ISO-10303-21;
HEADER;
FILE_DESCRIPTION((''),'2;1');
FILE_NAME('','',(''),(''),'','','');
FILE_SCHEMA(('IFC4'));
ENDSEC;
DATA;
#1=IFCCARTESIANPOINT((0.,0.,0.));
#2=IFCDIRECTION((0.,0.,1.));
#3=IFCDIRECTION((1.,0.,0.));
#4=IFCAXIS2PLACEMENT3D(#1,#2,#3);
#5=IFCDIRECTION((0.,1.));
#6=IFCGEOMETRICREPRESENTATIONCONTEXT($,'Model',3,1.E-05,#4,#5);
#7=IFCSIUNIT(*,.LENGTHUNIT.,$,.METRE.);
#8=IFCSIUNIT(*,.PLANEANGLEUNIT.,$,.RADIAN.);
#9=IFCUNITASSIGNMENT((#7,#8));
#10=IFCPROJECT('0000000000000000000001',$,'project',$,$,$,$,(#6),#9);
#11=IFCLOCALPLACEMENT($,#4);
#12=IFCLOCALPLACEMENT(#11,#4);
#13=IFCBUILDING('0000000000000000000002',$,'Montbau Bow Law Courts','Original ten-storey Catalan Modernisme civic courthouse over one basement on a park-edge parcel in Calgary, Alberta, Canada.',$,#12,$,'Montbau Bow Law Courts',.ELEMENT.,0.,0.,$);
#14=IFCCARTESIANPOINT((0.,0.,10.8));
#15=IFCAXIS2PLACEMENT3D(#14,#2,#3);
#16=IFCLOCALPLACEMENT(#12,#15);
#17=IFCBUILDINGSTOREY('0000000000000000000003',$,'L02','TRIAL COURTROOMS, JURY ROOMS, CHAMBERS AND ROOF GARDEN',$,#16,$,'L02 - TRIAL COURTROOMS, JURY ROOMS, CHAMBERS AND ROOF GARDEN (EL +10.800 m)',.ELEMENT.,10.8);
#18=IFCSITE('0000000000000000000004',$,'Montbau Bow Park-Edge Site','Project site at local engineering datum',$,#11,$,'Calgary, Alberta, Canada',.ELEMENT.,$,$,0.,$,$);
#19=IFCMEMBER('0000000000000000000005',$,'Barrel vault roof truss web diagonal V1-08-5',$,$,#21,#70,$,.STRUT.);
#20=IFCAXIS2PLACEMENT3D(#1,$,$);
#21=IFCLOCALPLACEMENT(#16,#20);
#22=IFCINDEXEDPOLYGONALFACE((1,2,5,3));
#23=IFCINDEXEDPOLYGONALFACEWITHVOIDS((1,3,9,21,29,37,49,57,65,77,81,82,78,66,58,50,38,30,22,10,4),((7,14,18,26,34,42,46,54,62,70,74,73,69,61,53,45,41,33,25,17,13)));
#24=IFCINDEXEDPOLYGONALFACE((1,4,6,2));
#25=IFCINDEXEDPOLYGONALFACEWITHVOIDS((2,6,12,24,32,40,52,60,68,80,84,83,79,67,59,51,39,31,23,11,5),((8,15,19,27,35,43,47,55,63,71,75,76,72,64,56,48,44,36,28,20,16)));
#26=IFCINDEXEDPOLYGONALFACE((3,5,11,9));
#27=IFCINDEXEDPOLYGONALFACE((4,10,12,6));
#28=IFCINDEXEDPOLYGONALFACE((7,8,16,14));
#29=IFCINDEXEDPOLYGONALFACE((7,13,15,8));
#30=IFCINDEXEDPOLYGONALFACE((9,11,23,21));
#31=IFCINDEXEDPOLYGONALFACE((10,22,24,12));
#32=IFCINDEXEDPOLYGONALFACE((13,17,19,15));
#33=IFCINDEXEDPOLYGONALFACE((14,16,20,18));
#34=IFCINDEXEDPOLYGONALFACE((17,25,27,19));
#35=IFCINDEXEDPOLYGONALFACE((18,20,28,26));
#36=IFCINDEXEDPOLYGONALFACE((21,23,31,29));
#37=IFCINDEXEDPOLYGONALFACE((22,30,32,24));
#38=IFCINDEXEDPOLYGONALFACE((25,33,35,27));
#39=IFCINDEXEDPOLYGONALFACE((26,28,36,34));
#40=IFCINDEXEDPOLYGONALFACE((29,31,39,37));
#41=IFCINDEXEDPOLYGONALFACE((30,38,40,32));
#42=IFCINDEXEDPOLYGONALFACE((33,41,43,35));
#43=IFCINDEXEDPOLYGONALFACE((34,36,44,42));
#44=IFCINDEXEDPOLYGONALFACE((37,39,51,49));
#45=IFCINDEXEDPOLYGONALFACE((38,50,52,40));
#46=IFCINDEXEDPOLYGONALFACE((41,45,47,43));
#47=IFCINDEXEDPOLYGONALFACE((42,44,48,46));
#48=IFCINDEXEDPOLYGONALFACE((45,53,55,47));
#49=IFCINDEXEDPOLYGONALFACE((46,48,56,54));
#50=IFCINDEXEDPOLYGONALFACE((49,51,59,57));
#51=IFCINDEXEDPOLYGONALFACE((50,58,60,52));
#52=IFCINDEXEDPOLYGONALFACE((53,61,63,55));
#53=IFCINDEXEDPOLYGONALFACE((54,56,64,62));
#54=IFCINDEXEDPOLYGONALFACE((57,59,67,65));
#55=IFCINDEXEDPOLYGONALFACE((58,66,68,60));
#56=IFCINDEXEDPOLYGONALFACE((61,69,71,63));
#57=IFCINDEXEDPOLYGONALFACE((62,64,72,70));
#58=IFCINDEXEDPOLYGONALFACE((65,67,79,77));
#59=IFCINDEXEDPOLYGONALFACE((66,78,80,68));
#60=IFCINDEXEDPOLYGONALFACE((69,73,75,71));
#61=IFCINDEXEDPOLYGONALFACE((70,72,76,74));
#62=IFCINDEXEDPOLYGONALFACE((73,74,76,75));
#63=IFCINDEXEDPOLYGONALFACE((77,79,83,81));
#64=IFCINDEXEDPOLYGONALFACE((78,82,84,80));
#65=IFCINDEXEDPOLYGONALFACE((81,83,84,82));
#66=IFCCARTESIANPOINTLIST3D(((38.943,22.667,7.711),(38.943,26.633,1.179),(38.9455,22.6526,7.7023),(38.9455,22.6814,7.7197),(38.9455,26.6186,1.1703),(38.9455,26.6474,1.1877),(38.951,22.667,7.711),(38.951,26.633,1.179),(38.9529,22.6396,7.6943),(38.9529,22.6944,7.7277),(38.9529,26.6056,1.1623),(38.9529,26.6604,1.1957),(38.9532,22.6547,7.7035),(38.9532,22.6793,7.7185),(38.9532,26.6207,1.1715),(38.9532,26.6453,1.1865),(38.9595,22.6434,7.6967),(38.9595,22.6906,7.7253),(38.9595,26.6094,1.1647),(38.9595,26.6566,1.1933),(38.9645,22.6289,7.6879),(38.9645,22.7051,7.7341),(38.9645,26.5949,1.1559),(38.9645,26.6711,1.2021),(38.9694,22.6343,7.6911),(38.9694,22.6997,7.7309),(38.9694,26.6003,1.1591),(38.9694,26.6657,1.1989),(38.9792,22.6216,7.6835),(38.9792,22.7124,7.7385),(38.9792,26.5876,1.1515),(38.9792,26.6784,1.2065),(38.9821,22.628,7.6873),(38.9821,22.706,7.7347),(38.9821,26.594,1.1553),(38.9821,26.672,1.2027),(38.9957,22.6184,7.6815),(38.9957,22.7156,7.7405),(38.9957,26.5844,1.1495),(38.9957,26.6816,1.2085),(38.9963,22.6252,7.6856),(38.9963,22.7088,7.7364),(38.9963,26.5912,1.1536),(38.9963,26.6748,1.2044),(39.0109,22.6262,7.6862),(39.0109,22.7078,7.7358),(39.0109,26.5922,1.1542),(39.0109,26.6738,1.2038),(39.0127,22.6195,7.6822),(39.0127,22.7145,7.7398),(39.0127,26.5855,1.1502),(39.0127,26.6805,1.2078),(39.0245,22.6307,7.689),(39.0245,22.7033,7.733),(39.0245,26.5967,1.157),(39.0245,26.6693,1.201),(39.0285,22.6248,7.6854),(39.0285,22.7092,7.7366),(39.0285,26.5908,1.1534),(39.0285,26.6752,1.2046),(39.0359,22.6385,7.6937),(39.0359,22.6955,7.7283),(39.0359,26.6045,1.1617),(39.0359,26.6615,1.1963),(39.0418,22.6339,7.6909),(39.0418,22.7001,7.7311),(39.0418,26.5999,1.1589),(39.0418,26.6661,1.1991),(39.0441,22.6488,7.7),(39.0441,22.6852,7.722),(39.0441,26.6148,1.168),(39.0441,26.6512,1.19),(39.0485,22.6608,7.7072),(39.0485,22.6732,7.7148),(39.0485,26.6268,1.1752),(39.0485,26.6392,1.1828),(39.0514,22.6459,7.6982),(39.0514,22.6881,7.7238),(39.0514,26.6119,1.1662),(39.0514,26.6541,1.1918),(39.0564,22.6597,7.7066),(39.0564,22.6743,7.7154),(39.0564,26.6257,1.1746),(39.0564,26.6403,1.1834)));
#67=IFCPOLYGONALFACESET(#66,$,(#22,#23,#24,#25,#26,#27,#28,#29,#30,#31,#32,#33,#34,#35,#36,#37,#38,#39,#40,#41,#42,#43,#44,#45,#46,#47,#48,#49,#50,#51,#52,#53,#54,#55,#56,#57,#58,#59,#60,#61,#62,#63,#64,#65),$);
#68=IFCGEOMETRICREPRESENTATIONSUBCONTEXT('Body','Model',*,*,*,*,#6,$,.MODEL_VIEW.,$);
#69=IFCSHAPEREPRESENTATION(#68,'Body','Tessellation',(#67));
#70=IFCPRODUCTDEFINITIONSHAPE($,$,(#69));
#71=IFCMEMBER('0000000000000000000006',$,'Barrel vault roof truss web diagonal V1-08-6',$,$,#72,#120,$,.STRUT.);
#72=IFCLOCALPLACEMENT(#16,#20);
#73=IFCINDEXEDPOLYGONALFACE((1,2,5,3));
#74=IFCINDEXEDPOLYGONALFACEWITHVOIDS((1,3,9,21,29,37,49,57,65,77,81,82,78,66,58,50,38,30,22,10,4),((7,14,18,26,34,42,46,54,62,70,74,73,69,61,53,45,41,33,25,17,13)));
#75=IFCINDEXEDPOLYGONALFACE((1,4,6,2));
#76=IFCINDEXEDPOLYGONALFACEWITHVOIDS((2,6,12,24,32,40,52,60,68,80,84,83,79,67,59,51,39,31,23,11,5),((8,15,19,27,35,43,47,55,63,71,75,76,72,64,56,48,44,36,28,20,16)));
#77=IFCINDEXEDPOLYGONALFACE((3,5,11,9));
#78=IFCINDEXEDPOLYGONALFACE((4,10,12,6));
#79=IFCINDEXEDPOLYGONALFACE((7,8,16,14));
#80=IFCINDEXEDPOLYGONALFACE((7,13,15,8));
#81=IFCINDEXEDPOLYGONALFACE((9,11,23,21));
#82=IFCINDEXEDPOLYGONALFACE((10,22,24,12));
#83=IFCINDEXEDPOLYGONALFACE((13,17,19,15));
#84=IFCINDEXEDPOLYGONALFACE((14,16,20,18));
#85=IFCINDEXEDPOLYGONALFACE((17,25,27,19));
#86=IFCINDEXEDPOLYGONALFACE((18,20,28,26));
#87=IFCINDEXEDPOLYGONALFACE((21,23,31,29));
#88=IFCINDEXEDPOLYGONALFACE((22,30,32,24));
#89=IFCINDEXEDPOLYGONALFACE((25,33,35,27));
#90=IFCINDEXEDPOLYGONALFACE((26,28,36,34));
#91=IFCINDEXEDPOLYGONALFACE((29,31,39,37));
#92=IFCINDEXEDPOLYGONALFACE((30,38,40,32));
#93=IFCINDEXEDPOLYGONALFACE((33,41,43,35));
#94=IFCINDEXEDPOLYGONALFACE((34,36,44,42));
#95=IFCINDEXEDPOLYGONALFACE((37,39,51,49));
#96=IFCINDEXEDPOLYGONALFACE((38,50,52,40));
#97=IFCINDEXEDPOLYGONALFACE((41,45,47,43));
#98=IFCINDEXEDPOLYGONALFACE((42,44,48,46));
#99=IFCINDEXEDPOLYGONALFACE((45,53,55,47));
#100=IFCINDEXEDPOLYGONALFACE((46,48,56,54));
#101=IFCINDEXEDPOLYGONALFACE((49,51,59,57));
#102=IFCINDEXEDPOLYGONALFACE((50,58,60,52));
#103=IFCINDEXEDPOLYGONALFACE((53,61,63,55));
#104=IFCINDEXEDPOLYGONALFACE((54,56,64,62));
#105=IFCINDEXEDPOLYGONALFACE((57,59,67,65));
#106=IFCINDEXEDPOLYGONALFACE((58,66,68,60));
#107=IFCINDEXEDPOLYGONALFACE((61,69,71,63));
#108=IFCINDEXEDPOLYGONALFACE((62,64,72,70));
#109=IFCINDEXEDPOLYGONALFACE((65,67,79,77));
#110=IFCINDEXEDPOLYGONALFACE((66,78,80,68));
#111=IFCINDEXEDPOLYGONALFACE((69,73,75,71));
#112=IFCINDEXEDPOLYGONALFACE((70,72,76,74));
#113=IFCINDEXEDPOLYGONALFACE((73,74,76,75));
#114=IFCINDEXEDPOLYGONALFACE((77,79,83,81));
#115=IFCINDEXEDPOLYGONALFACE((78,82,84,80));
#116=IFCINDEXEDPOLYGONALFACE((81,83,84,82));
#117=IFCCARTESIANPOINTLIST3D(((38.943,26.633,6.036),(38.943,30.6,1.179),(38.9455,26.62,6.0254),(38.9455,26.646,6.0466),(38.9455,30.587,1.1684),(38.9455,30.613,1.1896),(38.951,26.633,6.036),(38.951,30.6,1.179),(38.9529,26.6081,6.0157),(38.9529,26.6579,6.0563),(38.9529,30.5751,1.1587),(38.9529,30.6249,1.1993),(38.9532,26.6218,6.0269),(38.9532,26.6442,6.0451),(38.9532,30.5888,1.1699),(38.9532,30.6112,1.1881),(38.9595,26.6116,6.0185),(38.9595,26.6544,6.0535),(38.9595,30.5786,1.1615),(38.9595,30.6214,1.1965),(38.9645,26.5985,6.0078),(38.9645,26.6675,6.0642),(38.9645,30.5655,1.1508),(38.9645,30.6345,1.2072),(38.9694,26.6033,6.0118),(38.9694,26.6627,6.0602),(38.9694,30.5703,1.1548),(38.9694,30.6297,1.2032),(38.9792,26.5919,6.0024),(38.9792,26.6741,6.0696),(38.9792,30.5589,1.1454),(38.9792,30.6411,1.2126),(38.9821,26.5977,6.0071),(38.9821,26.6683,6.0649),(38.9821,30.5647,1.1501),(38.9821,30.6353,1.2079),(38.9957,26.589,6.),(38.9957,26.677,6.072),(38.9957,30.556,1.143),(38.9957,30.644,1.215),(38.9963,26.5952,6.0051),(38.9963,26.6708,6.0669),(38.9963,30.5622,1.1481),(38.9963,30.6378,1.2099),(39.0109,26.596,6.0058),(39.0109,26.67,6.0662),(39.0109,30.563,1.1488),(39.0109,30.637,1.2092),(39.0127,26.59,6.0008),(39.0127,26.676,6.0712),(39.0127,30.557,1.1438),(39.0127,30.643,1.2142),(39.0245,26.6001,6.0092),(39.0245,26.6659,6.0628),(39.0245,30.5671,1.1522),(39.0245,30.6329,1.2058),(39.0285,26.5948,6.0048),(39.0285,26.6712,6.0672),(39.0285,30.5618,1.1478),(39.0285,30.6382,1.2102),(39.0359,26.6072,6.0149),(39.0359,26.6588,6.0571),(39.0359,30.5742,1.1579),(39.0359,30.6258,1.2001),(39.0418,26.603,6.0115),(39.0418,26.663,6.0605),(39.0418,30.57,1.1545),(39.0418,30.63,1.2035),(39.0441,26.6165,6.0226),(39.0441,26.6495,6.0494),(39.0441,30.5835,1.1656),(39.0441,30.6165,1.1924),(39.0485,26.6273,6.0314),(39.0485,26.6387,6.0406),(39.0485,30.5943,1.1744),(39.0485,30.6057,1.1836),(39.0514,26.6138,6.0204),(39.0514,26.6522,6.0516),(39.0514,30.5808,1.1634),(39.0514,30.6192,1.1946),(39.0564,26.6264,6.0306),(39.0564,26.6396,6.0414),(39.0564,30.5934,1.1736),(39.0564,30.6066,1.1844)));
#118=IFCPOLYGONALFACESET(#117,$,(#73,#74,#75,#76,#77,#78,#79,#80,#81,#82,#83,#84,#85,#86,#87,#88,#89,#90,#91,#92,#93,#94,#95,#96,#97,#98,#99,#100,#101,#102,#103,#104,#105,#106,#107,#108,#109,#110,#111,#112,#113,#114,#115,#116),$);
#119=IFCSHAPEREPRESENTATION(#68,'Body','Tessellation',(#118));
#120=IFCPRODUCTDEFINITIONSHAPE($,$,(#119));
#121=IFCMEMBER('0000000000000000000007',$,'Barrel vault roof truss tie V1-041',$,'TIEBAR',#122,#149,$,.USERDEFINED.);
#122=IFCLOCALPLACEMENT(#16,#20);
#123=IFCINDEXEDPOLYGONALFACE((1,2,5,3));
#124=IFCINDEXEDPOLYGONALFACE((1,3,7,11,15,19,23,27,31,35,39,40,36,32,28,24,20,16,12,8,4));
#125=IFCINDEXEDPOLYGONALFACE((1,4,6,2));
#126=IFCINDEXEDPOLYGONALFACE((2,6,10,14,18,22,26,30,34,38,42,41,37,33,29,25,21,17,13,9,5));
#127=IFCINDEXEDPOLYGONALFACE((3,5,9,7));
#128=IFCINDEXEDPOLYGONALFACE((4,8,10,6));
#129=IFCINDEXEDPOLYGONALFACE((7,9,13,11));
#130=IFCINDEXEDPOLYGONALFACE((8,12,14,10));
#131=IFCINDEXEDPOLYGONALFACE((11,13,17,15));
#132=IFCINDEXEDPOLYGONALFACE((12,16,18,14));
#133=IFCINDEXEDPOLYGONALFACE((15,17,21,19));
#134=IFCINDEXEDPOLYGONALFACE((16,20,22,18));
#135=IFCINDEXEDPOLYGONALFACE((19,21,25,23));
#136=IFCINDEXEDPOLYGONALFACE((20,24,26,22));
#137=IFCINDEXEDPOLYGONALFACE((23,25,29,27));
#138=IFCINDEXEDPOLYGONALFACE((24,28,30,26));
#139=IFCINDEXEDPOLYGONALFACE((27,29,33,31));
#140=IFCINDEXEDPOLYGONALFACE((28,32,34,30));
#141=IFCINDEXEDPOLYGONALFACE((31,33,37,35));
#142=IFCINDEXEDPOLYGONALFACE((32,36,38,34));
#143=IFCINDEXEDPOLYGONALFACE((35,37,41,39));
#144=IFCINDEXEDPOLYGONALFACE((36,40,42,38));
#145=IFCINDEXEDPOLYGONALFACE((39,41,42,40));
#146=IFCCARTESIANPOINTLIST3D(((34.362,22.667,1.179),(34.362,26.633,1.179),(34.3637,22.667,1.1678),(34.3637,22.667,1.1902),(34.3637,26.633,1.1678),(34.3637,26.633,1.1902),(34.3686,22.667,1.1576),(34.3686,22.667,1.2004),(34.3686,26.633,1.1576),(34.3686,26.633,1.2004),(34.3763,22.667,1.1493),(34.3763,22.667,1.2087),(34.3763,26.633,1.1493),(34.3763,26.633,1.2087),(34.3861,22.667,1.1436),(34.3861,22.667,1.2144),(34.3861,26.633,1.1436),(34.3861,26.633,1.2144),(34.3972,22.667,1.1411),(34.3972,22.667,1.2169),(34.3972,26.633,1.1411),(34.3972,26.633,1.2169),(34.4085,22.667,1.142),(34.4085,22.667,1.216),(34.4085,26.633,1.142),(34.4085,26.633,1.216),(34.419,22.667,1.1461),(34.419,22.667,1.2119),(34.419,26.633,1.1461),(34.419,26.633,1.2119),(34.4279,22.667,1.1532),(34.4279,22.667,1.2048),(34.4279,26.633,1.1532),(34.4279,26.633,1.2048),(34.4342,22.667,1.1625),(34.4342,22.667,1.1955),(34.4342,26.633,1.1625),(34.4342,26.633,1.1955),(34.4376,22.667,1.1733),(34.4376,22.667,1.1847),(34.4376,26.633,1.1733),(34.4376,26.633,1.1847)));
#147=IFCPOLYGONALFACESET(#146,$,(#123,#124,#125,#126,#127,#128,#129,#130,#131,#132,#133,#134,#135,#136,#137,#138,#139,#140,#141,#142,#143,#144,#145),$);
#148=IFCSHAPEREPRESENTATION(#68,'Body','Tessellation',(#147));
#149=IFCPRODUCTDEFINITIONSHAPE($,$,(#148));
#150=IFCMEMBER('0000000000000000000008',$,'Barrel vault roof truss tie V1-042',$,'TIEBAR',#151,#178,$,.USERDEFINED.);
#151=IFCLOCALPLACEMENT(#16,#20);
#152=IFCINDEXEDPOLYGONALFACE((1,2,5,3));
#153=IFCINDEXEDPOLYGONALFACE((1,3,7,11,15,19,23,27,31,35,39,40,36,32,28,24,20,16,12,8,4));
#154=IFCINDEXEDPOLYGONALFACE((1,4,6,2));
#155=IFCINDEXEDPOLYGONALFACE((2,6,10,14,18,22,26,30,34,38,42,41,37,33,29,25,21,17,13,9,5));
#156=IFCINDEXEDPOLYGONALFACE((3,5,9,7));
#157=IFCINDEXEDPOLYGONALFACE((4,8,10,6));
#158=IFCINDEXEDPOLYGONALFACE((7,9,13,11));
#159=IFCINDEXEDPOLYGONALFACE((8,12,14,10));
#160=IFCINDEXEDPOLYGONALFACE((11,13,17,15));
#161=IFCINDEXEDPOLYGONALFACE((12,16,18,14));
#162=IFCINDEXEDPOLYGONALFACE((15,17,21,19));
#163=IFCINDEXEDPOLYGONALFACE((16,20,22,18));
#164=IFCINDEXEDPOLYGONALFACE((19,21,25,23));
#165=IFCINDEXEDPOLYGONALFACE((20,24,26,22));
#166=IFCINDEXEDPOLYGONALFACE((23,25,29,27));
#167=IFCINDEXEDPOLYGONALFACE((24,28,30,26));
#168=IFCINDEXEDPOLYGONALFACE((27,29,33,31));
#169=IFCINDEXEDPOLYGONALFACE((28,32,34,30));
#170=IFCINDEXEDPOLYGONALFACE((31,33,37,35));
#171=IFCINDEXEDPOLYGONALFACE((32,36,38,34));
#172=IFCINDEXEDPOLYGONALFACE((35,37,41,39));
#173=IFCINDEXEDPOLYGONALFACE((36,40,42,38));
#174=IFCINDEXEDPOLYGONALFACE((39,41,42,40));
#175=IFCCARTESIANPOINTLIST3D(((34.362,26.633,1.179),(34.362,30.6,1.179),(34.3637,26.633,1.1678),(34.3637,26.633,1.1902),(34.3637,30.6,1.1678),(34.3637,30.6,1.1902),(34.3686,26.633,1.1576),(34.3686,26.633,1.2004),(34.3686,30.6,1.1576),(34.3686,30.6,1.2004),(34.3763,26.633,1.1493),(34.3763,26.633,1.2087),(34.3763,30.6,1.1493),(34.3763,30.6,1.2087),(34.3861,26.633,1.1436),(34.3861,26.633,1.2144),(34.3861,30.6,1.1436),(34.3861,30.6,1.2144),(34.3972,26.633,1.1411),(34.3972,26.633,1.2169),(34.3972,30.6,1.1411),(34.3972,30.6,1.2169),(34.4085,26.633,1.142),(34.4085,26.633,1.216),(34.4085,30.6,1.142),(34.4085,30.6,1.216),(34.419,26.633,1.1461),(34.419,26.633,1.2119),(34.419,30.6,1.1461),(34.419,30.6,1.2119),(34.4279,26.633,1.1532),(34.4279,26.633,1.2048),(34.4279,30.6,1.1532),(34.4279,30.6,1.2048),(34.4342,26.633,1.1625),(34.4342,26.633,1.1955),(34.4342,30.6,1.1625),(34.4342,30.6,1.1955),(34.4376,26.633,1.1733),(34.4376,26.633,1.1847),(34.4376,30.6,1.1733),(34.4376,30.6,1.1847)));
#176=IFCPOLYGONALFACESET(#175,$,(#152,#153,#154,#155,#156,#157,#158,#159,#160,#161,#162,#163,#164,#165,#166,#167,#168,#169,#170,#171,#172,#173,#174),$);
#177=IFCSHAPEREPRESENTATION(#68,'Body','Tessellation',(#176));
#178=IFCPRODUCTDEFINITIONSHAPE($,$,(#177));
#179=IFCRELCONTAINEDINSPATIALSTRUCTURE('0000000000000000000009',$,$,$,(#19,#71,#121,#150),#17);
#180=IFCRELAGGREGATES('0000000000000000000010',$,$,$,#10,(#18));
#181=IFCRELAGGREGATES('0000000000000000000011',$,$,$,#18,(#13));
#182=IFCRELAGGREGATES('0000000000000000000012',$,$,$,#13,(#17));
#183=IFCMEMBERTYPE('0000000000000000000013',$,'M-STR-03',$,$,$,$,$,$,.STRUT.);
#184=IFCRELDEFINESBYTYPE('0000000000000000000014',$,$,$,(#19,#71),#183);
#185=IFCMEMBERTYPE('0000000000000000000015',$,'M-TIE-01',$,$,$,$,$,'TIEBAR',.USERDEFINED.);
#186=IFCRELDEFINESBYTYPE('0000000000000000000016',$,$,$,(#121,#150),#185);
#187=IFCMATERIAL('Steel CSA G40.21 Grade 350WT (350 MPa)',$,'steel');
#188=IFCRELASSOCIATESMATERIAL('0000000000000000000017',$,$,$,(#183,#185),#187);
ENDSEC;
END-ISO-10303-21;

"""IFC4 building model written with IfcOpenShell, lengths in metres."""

from ifc_helpers import new_model, si_unit, direction, frame, origin_with_axes, origin_2d_with_axis, place, context, subcontext, project, spatial, circle, hollow_circle, extrude, material, material_profile, profile_set, type_object, element, save


model = new_model("IFC4")

# Units and contexts
model_context = context("Model", 3, precision=1e-05, world=origin_with_axes(), true_north=direction((0.0, 1.0)))
body_context = subcontext(model_context, "Body", "Model", "MODEL_VIEW")
ifc_project = project(units=[si_unit("LENGTHUNIT", "METRE"), si_unit("PLANEANGLEUNIT", "RADIAN")], contexts=[model_context])

# Site, building, storey
site_placement = place(None, origin_with_axes())
site = spatial("IfcSite", under=ifc_project, at=site_placement, Name="Montbau Bow Park-Edge Site", Description="Project site at local engineering datum", LongName="Calgary, Alberta, Canada", CompositionType="ELEMENT", RefElevation=0.0)
building_placement = place(site_placement, origin_with_axes())
building = spatial("IfcBuilding", under=site, at=building_placement, Name="Montbau Bow Law Courts", Description="Original ten-storey Catalan Modernisme civic courthouse over one basement on a park-edge parcel in Calgary, Alberta, Canada.", LongName="Montbau Bow Law Courts", CompositionType="ELEMENT", ElevationOfRefHeight=0.0, ElevationOfTerrain=0.0)
storey_placement = place(building_placement, frame((0.0, 0.0, 10.8), z_axis=(0.0, 0.0, 1.0), x_axis=(1.0, 0.0, 0.0)))
storey = spatial("IfcBuildingStorey", under=building, at=storey_placement, Name="L02", Description="TRIAL COURTROOMS, JURY ROOMS, CHAMBERS AND ROOF GARDEN", LongName="L02 - TRIAL COURTROOMS, JURY ROOMS, CHAMBERS AND ROOF GARDEN (EL +10.800 m)", CompositionType="ELEMENT", Elevation=10.8)

# Shared definitions
ifc_material_1 = material(Name="Steel CSA G40.21 Grade 350WT (350 MPa)", Category="steel")

# Members
ifc_material_profile_1 = material_profile(ifc_material_1, hollow_circle(Radius=0.057, WallThickness=0.008, at=origin_2d_with_axis()), Name="HSS114X8.0", Category="Main", Priority=0)
ifc_profile_set_1 = profile_set([ifc_material_profile_1], Name="Steel CSA G40.21 Grade 350WT (350 MPa)")
member_type_1 = type_object("IfcMemberType", Name="M-STR-03", PredefinedType="STRUT", material=ifc_profile_set_1)
member_1_placement = place(None, frame((39.0, 22.667, 18.511), z_axis=(0.0, 0.518992, -0.854779), x_axis=(-1.0, 0.0, 0.0)))
element("IfcMember", 1, at=member_1_placement, inside=storey, type_object=member_type_1, Name="Barrel vault roof truss web diagonal V1-08-5", PredefinedType="STRUT", context=body_context, shape_type="SweptSolid", body=[
    extrude(hollow_circle(Radius=0.057, WallThickness=0.008, at=origin_2d_with_axis()), origin_with_axes(), (0.0, 0.0, 1.0), 7.6417),
])
member_2_placement = place(None, frame((39.0, 26.633, 16.836), z_axis=(0.0, 0.632578, -0.774497), x_axis=(-1.0, 0.0, 0.0)))
element("IfcMember", 2, at=member_2_placement, inside=storey, type_object=member_type_1, Name="Barrel vault roof truss web diagonal V1-08-6", PredefinedType="STRUT", context=body_context, shape_type="SweptSolid", body=[
    extrude(hollow_circle(Radius=0.057, WallThickness=0.008, at=origin_2d_with_axis()), origin_with_axes(), (0.0, 0.0, 1.0), 6.2712),
])
ifc_material_profile_2 = material_profile(ifc_material_1, circle(Radius=0.038, at=origin_2d_with_axis()), Name="ROD76", Category="Main", Priority=0)
ifc_profile_set_2 = profile_set([ifc_material_profile_2], Name="Steel CSA G40.21 Grade 350WT (350 MPa)")
member_type_2 = type_object("IfcMemberType", Name="M-TIE-01", ElementType="TIEBAR", PredefinedType="USERDEFINED", material=ifc_profile_set_2)
member_3_placement = place(None, frame((34.4, 22.667, 11.979), z_axis=(0.0, 1.0, 0.0), x_axis=(-1.0, 0.0, 0.0)))
element("IfcMember", 3, at=member_3_placement, inside=storey, type_object=member_type_2, Name="Barrel vault roof truss tie V1-041", ObjectType="TIEBAR", PredefinedType="USERDEFINED", context=body_context, shape_type="SweptSolid", body=[
    extrude(circle(Radius=0.038, at=origin_2d_with_axis()), origin_with_axes(), (0.0, 0.0, 1.0), 3.966),
])
member_4_placement = place(None, frame((34.4, 26.633, 11.979), z_axis=(0.0, 1.0, 0.0), x_axis=(-1.0, 0.0, 0.0)))
element("IfcMember", 4, at=member_4_placement, inside=storey, type_object=member_type_2, Name="Barrel vault roof truss tie V1-042", ObjectType="TIEBAR", PredefinedType="USERDEFINED", context=body_context, shape_type="SweptSolid", body=[
    extrude(circle(Radius=0.038, at=origin_2d_with_axis()), origin_with_axes(), (0.0, 0.0, 1.0), 3.967),
])

save(model, "model.ifc")
